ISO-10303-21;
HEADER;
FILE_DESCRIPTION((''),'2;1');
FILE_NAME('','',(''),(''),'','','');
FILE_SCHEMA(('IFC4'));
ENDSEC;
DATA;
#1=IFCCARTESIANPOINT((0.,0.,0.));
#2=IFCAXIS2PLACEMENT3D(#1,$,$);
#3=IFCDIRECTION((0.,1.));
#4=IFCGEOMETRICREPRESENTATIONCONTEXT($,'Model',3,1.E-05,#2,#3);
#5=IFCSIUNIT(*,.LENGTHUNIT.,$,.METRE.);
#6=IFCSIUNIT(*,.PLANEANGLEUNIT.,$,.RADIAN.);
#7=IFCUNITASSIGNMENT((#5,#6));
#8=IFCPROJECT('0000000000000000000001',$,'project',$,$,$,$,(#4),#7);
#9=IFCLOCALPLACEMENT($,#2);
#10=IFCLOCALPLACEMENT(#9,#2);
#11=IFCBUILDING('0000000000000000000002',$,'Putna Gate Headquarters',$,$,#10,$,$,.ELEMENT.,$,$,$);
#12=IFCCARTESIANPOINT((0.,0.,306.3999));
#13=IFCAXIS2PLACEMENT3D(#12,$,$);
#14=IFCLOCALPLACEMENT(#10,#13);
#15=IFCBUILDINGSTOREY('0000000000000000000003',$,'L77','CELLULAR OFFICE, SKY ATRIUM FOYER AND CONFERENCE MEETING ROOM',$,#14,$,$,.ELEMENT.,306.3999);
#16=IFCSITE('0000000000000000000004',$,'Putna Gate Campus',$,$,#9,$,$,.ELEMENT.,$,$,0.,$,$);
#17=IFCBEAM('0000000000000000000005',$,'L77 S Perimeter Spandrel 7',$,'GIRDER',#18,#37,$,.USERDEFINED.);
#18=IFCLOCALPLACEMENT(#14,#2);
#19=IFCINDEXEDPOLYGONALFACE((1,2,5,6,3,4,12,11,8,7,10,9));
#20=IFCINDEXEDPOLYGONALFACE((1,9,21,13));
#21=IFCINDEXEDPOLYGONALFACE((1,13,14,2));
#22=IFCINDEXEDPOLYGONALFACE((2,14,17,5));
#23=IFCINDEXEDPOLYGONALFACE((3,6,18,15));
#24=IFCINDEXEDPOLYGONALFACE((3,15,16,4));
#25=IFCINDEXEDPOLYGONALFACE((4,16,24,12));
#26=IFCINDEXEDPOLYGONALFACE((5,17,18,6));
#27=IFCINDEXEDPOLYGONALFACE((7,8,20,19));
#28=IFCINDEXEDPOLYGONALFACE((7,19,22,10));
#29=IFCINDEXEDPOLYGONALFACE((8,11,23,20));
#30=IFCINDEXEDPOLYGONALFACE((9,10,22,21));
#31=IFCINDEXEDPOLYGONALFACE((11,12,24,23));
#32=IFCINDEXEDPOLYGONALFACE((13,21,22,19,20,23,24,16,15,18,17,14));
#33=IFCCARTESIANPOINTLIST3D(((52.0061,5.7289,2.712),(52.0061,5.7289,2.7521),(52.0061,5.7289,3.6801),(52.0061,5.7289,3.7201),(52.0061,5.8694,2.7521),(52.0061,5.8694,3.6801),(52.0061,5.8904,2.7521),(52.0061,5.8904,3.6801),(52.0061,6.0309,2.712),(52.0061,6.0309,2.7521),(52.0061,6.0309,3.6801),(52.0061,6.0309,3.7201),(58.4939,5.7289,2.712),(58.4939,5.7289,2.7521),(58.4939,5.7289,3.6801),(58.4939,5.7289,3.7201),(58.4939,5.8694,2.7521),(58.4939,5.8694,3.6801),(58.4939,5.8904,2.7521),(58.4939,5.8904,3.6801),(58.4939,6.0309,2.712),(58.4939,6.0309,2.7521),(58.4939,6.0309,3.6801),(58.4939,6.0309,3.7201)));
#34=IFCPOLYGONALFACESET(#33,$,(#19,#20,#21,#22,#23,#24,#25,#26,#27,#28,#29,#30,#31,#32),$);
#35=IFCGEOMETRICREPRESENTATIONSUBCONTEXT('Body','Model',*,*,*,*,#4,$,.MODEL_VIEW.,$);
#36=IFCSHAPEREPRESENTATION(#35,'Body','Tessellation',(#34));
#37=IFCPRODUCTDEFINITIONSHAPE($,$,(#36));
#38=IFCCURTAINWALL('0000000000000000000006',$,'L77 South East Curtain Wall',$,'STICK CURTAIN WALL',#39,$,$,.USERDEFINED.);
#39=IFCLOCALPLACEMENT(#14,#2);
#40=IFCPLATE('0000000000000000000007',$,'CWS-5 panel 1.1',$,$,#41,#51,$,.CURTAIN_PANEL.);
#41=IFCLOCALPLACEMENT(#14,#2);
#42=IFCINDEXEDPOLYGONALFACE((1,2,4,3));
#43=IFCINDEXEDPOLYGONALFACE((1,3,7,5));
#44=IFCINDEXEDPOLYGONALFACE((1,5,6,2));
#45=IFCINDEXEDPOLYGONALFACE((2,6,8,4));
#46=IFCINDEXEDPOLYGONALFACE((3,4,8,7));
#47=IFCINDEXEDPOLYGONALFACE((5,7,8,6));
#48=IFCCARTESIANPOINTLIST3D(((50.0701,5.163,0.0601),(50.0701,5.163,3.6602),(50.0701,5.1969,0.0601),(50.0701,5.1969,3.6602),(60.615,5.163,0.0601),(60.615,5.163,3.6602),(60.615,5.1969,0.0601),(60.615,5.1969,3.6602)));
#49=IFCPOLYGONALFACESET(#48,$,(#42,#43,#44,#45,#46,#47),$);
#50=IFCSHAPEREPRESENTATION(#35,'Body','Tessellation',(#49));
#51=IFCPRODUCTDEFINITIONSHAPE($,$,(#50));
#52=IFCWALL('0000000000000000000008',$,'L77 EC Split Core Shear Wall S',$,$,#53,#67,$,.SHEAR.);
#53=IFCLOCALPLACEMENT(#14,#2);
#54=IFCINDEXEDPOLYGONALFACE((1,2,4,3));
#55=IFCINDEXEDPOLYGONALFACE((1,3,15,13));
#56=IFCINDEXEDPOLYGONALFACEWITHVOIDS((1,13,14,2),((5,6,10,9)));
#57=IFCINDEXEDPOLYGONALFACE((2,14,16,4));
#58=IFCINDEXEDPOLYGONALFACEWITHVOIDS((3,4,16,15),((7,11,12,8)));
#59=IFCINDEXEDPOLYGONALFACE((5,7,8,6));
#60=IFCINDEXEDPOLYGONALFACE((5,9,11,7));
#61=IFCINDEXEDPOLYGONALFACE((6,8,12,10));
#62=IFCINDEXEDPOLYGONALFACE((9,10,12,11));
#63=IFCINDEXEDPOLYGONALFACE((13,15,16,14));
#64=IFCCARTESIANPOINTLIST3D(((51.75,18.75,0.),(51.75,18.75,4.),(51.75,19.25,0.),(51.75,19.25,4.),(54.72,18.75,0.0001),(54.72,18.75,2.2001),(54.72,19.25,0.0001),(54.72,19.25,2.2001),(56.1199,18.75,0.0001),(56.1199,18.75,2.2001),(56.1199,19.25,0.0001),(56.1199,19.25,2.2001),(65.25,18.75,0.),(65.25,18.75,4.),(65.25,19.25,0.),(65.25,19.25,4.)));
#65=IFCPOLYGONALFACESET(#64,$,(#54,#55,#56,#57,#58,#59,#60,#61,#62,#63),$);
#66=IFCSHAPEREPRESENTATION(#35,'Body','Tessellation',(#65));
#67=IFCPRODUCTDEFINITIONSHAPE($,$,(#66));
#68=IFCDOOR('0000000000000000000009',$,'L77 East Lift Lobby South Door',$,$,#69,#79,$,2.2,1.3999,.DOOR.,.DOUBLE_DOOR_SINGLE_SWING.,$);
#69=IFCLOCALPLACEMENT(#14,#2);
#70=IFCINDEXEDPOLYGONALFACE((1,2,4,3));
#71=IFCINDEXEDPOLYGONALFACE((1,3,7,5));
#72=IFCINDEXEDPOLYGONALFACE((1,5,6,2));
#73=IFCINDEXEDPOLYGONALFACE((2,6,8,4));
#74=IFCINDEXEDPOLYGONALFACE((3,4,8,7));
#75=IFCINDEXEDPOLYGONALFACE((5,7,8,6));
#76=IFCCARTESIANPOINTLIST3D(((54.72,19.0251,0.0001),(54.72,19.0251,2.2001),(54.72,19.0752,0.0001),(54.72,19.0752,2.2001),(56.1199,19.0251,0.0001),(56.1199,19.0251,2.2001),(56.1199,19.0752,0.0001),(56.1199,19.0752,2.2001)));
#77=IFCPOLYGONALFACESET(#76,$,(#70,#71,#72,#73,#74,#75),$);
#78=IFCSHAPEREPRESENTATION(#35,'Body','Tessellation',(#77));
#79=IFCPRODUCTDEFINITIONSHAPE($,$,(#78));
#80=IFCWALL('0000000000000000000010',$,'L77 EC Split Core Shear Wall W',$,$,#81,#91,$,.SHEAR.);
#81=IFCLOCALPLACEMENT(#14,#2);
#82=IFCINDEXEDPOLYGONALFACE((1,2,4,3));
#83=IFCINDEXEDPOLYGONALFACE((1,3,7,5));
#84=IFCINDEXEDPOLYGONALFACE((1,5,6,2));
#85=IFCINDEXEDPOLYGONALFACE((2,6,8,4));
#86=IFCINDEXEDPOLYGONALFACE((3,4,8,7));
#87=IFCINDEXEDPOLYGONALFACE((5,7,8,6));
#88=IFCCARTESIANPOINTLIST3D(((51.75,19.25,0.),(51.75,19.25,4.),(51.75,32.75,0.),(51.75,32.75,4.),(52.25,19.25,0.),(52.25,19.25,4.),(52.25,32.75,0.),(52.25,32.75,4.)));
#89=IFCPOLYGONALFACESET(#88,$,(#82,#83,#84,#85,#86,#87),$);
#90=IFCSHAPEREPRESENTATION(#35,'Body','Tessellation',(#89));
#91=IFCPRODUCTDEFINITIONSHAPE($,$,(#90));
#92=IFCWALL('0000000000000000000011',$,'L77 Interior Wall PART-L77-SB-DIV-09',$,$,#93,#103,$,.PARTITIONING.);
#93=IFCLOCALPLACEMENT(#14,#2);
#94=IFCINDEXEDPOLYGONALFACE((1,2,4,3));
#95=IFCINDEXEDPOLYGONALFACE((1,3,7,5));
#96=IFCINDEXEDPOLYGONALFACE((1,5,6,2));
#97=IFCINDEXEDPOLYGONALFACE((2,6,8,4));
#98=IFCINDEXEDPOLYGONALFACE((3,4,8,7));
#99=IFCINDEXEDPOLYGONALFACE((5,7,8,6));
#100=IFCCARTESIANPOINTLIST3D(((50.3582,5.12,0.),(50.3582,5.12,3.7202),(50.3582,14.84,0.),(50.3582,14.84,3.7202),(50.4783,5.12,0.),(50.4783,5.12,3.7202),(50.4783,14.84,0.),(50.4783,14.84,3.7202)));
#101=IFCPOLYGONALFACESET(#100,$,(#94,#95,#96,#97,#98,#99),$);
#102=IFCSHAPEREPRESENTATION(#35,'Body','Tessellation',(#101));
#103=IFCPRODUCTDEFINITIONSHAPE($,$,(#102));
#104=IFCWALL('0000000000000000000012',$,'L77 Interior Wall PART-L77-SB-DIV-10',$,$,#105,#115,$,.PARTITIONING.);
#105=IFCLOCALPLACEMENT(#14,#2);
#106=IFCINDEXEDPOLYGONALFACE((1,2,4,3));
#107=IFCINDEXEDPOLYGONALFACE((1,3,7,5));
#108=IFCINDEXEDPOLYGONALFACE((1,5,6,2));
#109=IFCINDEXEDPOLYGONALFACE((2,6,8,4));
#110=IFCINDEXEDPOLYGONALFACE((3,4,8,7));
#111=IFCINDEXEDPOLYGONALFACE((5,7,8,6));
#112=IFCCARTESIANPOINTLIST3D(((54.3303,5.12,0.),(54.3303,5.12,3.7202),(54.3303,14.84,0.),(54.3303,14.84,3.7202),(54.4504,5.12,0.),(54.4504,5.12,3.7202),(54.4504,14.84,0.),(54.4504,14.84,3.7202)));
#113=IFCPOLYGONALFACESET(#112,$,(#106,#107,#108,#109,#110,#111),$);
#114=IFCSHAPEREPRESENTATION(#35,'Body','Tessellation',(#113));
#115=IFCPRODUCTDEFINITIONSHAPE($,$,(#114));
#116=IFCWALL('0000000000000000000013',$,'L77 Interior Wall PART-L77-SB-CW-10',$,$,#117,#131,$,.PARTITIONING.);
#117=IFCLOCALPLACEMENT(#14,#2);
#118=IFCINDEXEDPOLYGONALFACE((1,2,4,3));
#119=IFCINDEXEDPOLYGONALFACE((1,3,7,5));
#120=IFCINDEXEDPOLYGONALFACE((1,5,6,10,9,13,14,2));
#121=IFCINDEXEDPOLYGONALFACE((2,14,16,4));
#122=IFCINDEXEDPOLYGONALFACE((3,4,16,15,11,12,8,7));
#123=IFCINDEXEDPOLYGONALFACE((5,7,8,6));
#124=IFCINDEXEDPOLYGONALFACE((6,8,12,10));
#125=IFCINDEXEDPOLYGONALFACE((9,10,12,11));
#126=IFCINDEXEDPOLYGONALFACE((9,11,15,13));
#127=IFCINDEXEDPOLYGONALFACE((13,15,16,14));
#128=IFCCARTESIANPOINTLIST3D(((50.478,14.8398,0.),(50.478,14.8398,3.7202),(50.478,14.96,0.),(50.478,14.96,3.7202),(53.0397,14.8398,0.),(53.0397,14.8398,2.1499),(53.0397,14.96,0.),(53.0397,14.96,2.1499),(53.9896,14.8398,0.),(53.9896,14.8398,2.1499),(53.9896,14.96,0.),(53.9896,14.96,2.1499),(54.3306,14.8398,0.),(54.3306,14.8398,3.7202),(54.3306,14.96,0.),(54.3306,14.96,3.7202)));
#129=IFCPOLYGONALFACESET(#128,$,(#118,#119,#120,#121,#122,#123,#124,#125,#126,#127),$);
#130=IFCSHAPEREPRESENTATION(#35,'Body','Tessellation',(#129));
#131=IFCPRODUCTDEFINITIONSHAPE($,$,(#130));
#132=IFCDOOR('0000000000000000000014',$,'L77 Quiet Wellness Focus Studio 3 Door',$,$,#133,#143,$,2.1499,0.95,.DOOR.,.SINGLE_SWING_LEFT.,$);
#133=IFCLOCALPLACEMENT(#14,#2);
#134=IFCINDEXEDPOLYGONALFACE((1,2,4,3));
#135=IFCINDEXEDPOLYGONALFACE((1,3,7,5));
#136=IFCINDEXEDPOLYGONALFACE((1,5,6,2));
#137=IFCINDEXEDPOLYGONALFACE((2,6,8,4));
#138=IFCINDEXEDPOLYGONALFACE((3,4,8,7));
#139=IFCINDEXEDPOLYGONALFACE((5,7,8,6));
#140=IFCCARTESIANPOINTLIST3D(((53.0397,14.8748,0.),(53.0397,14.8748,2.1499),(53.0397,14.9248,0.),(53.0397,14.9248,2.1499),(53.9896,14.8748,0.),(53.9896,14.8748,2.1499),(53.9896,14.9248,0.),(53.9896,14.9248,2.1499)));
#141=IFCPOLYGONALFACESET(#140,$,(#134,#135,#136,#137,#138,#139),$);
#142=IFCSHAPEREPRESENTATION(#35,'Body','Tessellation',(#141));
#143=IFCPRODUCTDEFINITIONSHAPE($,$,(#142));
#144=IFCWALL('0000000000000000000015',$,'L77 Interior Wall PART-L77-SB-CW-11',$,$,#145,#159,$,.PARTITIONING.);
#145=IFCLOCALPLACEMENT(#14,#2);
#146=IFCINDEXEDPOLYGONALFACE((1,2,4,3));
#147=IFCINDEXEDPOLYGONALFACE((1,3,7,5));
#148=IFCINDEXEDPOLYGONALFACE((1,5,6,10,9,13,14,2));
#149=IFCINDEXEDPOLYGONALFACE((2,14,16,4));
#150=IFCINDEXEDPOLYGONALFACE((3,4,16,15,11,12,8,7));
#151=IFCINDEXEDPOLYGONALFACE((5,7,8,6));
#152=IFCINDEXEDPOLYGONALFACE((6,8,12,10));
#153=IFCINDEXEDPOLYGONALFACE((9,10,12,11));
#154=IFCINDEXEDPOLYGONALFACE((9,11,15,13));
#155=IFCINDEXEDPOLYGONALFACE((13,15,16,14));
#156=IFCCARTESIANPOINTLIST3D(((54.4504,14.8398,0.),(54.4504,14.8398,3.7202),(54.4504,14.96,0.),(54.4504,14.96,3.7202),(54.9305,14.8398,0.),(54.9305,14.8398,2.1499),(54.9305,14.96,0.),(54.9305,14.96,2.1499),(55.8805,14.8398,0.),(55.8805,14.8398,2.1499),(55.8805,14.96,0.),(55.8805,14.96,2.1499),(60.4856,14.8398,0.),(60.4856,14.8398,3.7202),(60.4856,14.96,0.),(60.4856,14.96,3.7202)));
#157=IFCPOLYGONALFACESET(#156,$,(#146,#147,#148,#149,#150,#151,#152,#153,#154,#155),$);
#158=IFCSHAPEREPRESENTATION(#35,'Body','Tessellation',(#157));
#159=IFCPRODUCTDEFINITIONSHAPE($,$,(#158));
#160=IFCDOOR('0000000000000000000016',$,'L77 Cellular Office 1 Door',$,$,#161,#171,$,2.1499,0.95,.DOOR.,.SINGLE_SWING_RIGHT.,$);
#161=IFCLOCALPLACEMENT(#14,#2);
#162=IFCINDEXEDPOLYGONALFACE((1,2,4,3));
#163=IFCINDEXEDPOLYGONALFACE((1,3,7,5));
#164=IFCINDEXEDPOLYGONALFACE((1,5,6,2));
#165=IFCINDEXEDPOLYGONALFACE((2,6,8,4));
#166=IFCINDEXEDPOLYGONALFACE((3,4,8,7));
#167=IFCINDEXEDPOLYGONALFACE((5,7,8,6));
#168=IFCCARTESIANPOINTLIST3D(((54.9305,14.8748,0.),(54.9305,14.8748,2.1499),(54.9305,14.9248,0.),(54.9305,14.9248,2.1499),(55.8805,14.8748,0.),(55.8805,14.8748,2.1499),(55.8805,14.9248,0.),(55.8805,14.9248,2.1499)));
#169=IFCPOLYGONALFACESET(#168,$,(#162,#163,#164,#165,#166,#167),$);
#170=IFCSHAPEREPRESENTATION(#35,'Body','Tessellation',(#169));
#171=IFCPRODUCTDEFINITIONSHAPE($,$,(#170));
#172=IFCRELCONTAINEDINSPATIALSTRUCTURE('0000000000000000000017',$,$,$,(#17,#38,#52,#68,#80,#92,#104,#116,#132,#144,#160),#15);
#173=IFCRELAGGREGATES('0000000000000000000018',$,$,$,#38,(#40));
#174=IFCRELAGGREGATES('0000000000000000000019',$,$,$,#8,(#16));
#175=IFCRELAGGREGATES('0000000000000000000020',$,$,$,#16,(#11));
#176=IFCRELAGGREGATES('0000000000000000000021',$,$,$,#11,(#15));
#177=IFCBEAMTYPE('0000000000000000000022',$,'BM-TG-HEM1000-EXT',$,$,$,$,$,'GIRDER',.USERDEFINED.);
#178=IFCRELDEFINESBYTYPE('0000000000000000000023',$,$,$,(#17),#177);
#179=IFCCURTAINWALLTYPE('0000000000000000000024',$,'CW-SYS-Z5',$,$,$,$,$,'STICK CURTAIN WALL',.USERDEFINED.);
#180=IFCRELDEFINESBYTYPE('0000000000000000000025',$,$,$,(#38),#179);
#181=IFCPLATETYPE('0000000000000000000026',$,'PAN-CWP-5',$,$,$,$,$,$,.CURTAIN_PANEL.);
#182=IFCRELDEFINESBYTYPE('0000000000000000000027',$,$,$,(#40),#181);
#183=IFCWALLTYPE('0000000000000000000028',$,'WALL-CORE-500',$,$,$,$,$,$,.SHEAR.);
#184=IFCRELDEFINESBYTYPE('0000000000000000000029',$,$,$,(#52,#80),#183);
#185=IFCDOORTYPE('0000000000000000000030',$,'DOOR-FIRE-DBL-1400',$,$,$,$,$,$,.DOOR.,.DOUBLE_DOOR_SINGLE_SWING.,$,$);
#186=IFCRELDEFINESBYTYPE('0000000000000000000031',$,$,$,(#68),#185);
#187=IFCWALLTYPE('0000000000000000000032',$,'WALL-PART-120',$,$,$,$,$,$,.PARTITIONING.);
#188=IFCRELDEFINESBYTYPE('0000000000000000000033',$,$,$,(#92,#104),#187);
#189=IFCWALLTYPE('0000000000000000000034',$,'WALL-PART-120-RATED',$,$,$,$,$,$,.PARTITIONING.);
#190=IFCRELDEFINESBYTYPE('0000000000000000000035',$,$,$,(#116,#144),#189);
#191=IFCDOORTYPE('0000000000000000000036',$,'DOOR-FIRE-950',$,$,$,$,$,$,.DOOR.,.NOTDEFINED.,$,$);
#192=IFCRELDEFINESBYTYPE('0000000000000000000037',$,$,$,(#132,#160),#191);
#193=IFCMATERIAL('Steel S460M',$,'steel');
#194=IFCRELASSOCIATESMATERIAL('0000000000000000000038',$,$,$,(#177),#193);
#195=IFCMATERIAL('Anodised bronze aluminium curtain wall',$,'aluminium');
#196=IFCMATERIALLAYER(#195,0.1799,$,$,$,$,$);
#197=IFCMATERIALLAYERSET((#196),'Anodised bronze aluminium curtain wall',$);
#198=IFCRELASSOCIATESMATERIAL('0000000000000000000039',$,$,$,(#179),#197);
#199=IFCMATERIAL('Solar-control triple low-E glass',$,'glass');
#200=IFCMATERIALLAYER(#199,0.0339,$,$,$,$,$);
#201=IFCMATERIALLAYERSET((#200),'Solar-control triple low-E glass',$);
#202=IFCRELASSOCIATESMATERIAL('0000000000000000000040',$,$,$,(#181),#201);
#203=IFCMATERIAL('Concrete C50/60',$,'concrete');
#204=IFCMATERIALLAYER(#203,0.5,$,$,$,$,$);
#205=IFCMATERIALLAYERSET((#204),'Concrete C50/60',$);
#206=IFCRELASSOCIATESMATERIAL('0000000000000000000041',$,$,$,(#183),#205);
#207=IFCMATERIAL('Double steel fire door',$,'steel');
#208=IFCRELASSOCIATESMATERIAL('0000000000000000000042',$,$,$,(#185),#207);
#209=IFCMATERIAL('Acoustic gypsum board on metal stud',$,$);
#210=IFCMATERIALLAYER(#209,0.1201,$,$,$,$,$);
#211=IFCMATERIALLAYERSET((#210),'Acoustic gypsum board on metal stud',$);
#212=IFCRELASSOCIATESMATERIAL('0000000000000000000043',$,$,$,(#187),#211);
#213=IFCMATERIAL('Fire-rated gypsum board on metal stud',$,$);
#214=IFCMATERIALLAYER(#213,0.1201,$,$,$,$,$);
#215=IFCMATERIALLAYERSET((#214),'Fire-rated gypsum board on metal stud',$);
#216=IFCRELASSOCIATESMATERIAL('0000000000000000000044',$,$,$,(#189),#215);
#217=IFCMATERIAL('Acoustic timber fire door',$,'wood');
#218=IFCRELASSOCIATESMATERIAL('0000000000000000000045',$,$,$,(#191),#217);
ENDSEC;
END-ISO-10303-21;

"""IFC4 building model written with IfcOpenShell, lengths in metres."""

from ifc_helpers import new_model, si_unit, direction, frame, frame_2d, origin, origin_2d, place, context, subcontext, project, spatial, rectangle, i_section, extrude, material, layer, layer_set, material_profile, profile_set, type_object, element, fill, aggregate, save


model = new_model("IFC4")

# Units and contexts
model_context = context("Model", 3, precision=1e-05, world=origin(), true_north=direction((0.0, 1.0)))
body_context = subcontext(model_context, "Body", "Model", "MODEL_VIEW")
ifc_project = project(units=[si_unit("LENGTHUNIT", "METRE"), si_unit("PLANEANGLEUNIT", "RADIAN")], contexts=[model_context])

# Site, building, storey
site_placement = place(None, origin())
site = spatial("IfcSite", under=ifc_project, at=site_placement, Name="Putna Gate Campus", CompositionType="ELEMENT", RefElevation=0.0)
building_placement = place(site_placement, origin())
building = spatial("IfcBuilding", under=site, at=building_placement, Name="Putna Gate Headquarters", CompositionType="ELEMENT")
storey_placement = place(building_placement, frame((0.0, 0.0, 306.3999)))
storey = spatial("IfcBuildingStorey", under=building, at=storey_placement, Name="L77", Description="CELLULAR OFFICE, SKY ATRIUM FOYER AND CONFERENCE MEETING ROOM", CompositionType="ELEMENT", Elevation=306.3999)

# Shared definitions
ifc_material_1 = material(Name="Steel S460M", Category="steel")

# Beam
ifc_material_profile_1 = material_profile(ifc_material_1, i_section(OverallWidth=0.302, OverallDepth=1.0081, WebThickness=0.021, FlangeThickness=0.04, at=origin_2d()), Name="Steel S460M")
ifc_profile_set_1 = profile_set([ifc_material_profile_1], Name="Steel S460M")
beam_type_1 = type_object("IfcBeamType", Name="BM-TG-HEM1000-EXT", ElementType="GIRDER", PredefinedType="USERDEFINED", material=ifc_profile_set_1)
beam_1_placement = place(storey_placement, frame((52.0061, 5.8799, 3.2161), z_axis=(1.0, 0.0, 0.0), x_axis=(0.0, 1.0, 0.0)))
element("IfcBeam", 1, at=beam_1_placement, inside=storey, type_object=beam_type_1, Name="L77 S Perimeter Spandrel 7", ObjectType="GIRDER", PredefinedType="USERDEFINED", context=body_context, shape_type="SweptSolid", body=[
    extrude(i_section(OverallWidth=0.302, OverallDepth=1.0081, WebThickness=0.021, FlangeThickness=0.04, at=origin_2d()), origin(), (0.0, 0.0, 1.0), 6.4878),
])

# Curtain wall, plate
ifc_material_2 = material(Name="Anodised bronze aluminium curtain wall", Category="aluminium")
ifc_layer_1 = layer(ifc_material_2, 0.1799)
ifc_layer_set_1 = layer_set([ifc_layer_1], Name="Anodised bronze aluminium curtain wall")
curtain_wall_type = type_object("IfcCurtainWallType", Name="CW-SYS-Z5", ElementType="STICK CURTAIN WALL", PredefinedType="USERDEFINED", material=ifc_layer_set_1)
curtain_wall_placement = place(storey_placement, origin())
curtain_wall = element("IfcCurtainWall", 2, at=curtain_wall_placement, inside=storey, type_object=curtain_wall_type, Name="L77 South East Curtain Wall", ObjectType="STICK CURTAIN WALL", PredefinedType="USERDEFINED")
ifc_material_3 = material(Name="Solar-control triple low-E glass", Category="glass")
ifc_layer_2 = layer(ifc_material_3, 0.0339)
ifc_layer_set_2 = layer_set([ifc_layer_2], Name="Solar-control triple low-E glass")
plate_type = type_object("IfcPlateType", Name="PAN-CWP-5", PredefinedType="CURTAIN_PANEL", material=ifc_layer_set_2)
plate_placement = place(storey_placement, frame((55.3425, 5.1799, 0.0601), z_axis=(0.0, 0.0, 1.0), x_axis=(1.0, 0.0, 0.0)))
plate = element("IfcPlate", 3, at=plate_placement, type_object=plate_type, Name="CWS-5 panel 1.1", PredefinedType="CURTAIN_PANEL", context=body_context, shape_type="SweptSolid", body=[
    extrude(rectangle(XDim=10.5449, YDim=0.0339, at=origin_2d()), origin(), (0.0, 0.0, 1.0), 3.6001),
])
aggregate(curtain_wall, [plate])

# Wall, opening, door
ifc_material_4 = material(Name="Concrete C50/60", Category="concrete")
ifc_layer_3 = layer(ifc_material_4, 0.5)
ifc_layer_set_3 = layer_set([ifc_layer_3], Name="Concrete C50/60")
wall_type_1 = type_object("IfcWallType", Name="WALL-CORE-500", PredefinedType="SHEAR", material=ifc_layer_set_3)
wall_1_placement = place(storey_placement, frame((51.75, 19.0, 0.0), z_axis=(0.0, 0.0, 1.0), x_axis=(1.0, 0.0, 0.0)))
wall_1 = element("IfcWall", 4, at=wall_1_placement, inside=storey, type_object=wall_type_1, Name="L77 EC Split Core Shear Wall S", PredefinedType="SHEAR", context=body_context, shape_type="SweptSolid", body=[
    extrude(rectangle(XDim=13.5, YDim=0.5, at=frame_2d((6.75, 0.0))), origin(), (0.0, 0.0, 1.0), 4.0),
])
opening_1_placement = place(wall_1_placement, frame((2.97, 0.0, 0.0)))
opening_1 = element("IfcOpeningElement", 5, at=opening_1_placement, cuts=wall_1, PredefinedType="OPENING", context=body_context, shape_type="SweptSolid", body=[
    extrude(rectangle(XDim=1.3999, YDim=2.2, at=frame_2d((0.7, 1.1001))), frame((0.0, 0.26, 0.0), z_axis=(0.0, -1.0, 0.0), x_axis=(1.0, 0.0, 0.0)), (0.0, 0.0, 1.0), 0.52),
])
ifc_material_5 = material(Name="Double steel fire door", Category="steel")
door_type_1 = type_object("IfcDoorType", Name="DOOR-FIRE-DBL-1400", OperationType="DOUBLE_DOOR_SINGLE_SWING", PredefinedType="DOOR", material=ifc_material_5)
door_1_placement = place(opening_1_placement, origin())
door_1 = element("IfcDoor", 6, at=door_1_placement, inside=storey, type_object=door_type_1, Name="L77 East Lift Lobby South Door", OperationType="DOUBLE_DOOR_SINGLE_SWING", OverallHeight=2.2, OverallWidth=1.3999, PredefinedType="DOOR", context=body_context, shape_type="SweptSolid", body=[
    extrude(rectangle(XDim=1.3999, YDim=2.2, at=frame_2d((0.7, 1.1001))), frame((0.0, 0.0752, 0.0), z_axis=(0.0, -1.0, 0.0), x_axis=(1.0, 0.0, 0.0)), (0.0, 0.0, 1.0), 0.05),
])
fill(opening_1, door_1)

# Walls
wall_2_placement = place(storey_placement, frame((52.0, 19.25, 0.0), z_axis=(0.0, 0.0, 1.0), x_axis=(0.0, 1.0, 0.0)))
element("IfcWall", 7, at=wall_2_placement, inside=storey, type_object=wall_type_1, Name="L77 EC Split Core Shear Wall W", PredefinedType="SHEAR", context=body_context, shape_type="SweptSolid", body=[
    extrude(rectangle(XDim=13.5, YDim=0.5, at=frame_2d((6.75, 0.0))), origin(), (0.0, 0.0, 1.0), 4.0),
])
ifc_material_6 = material(Name="Acoustic gypsum board on metal stud")
ifc_layer_4 = layer(ifc_material_6, 0.1201)
ifc_layer_set_4 = layer_set([ifc_layer_4], Name="Acoustic gypsum board on metal stud")
wall_type_2 = type_object("IfcWallType", Name="WALL-PART-120", PredefinedType="PARTITIONING", material=ifc_layer_set_4)
for number, where, z_axis, x_axis, name in (
    (8, (50.4182, 5.1201, 0.0), (0.0, 0.0, 1.0), (0.0, 1.0, 0.0), "L77 Interior Wall PART-L77-SB-DIV-09"),
    (9, (54.3904, 5.1201, 0.0), (0.0, 0.0, 1.0), (0.0, 1.0, 0.0), "L77 Interior Wall PART-L77-SB-DIV-10"),
):
    element("IfcWall", number, at=place(storey_placement, frame(where, z_axis=z_axis, x_axis=x_axis)), inside=storey, type_object=wall_type_2, Name=name, PredefinedType="PARTITIONING", context=body_context, shape_type="SweptSolid", body=[
        extrude(rectangle(XDim=9.72, YDim=0.1201, at=frame_2d((4.8599, 0.0))), origin(), (0.0, 0.0, 1.0), 3.7202),
    ])

# Walls, openings, doors
ifc_material_7 = material(Name="Fire-rated gypsum board on metal stud")
ifc_layer_5 = layer(ifc_material_7, 0.1201)
ifc_layer_set_5 = layer_set([ifc_layer_5], Name="Fire-rated gypsum board on metal stud")
wall_type_3 = type_object("IfcWallType", Name="WALL-PART-120-RATED", PredefinedType="PARTITIONING", material=ifc_layer_set_5)
wall_3_placement = place(storey_placement, frame((50.478, 14.8999, 0.0), z_axis=(0.0, 0.0, 1.0), x_axis=(1.0, 0.0, 0.0)))
wall_3 = element("IfcWall", 10, at=wall_3_placement, inside=storey, type_object=wall_type_3, Name="L77 Interior Wall PART-L77-SB-CW-10", PredefinedType="PARTITIONING", context=body_context, shape_type="SweptSolid", body=[
    extrude(rectangle(XDim=3.8525, YDim=0.1201, at=frame_2d((1.9263, 0.0))), origin(), (0.0, 0.0, 1.0), 3.7202),
])
opening_2_placement = place(wall_3_placement, frame((2.5615, 0.0, 0.0)))
opening_2 = element("IfcOpeningElement", 11, at=opening_2_placement, cuts=wall_3, PredefinedType="OPENING", context=body_context, shape_type="SweptSolid", body=[
    extrude(rectangle(XDim=0.95, YDim=2.1499, at=frame_2d((0.4751, 1.075))), frame((0.0, 0.0701, 0.0), z_axis=(0.0, -1.0, 0.0), x_axis=(1.0, 0.0, 0.0)), (0.0, 0.0, 1.0), 0.1401),
])
ifc_material_8 = material(Name="Acoustic timber fire door", Category="wood")
door_type_2 = type_object("IfcDoorType", Name="DOOR-FIRE-950", OperationType="NOTDEFINED", PredefinedType="DOOR", material=ifc_material_8)
door_2_placement = place(opening_2_placement, origin())
door_2 = element("IfcDoor", 12, at=door_2_placement, inside=storey, type_object=door_type_2, Name="L77 Quiet Wellness Focus Studio 3 Door", OperationType="SINGLE_SWING_LEFT", OverallHeight=2.1499, OverallWidth=0.95, PredefinedType="DOOR", context=body_context, shape_type="SweptSolid", body=[
    extrude(rectangle(XDim=0.95, YDim=2.1499, at=frame_2d((0.4751, 1.075))), frame((0.0, 0.0249, 0.0), z_axis=(0.0, -1.0, 0.0), x_axis=(1.0, 0.0, 0.0)), (0.0, 0.0, 1.0), 0.05),
])
fill(opening_2, door_2)
wall_4_placement = place(storey_placement, frame((54.4504, 14.8999, 0.0), z_axis=(0.0, 0.0, 1.0), x_axis=(1.0, 0.0, 0.0)))
wall_4 = element("IfcWall", 13, at=wall_4_placement, inside=storey, type_object=wall_type_3, Name="L77 Interior Wall PART-L77-SB-CW-11", PredefinedType="PARTITIONING", context=body_context, shape_type="SweptSolid", body=[
    extrude(rectangle(XDim=6.0352, YDim=0.1201, at=frame_2d((3.0176, 0.0))), origin(), (0.0, 0.0, 1.0), 3.7202),
])
opening_3_placement = place(wall_4_placement, frame((0.48, 0.0, 0.0)))
opening_3 = element("IfcOpeningElement", 14, at=opening_3_placement, cuts=wall_4, PredefinedType="OPENING", context=body_context, shape_type="SweptSolid", body=[
    extrude(rectangle(XDim=0.95, YDim=2.1499, at=frame_2d((0.4751, 1.075))), frame((0.0, 0.0701, 0.0), z_axis=(0.0, -1.0, 0.0), x_axis=(1.0, 0.0, 0.0)), (0.0, 0.0, 1.0), 0.1401),
])
door_3_placement = place(opening_3_placement, origin())
door_3 = element("IfcDoor", 15, at=door_3_placement, inside=storey, type_object=door_type_2, Name="L77 Cellular Office 1 Door", OperationType="SINGLE_SWING_RIGHT", OverallHeight=2.1499, OverallWidth=0.95, PredefinedType="DOOR", context=body_context, shape_type="SweptSolid", body=[
    extrude(rectangle(XDim=0.95, YDim=2.1499, at=frame_2d((0.4751, 1.075))), frame((0.0, 0.0249, 0.0), z_axis=(0.0, -1.0, 0.0), x_axis=(1.0, 0.0, 0.0)), (0.0, 0.0, 1.0), 0.05),
])
fill(opening_3, door_3)

save(model, "model.ifc")
